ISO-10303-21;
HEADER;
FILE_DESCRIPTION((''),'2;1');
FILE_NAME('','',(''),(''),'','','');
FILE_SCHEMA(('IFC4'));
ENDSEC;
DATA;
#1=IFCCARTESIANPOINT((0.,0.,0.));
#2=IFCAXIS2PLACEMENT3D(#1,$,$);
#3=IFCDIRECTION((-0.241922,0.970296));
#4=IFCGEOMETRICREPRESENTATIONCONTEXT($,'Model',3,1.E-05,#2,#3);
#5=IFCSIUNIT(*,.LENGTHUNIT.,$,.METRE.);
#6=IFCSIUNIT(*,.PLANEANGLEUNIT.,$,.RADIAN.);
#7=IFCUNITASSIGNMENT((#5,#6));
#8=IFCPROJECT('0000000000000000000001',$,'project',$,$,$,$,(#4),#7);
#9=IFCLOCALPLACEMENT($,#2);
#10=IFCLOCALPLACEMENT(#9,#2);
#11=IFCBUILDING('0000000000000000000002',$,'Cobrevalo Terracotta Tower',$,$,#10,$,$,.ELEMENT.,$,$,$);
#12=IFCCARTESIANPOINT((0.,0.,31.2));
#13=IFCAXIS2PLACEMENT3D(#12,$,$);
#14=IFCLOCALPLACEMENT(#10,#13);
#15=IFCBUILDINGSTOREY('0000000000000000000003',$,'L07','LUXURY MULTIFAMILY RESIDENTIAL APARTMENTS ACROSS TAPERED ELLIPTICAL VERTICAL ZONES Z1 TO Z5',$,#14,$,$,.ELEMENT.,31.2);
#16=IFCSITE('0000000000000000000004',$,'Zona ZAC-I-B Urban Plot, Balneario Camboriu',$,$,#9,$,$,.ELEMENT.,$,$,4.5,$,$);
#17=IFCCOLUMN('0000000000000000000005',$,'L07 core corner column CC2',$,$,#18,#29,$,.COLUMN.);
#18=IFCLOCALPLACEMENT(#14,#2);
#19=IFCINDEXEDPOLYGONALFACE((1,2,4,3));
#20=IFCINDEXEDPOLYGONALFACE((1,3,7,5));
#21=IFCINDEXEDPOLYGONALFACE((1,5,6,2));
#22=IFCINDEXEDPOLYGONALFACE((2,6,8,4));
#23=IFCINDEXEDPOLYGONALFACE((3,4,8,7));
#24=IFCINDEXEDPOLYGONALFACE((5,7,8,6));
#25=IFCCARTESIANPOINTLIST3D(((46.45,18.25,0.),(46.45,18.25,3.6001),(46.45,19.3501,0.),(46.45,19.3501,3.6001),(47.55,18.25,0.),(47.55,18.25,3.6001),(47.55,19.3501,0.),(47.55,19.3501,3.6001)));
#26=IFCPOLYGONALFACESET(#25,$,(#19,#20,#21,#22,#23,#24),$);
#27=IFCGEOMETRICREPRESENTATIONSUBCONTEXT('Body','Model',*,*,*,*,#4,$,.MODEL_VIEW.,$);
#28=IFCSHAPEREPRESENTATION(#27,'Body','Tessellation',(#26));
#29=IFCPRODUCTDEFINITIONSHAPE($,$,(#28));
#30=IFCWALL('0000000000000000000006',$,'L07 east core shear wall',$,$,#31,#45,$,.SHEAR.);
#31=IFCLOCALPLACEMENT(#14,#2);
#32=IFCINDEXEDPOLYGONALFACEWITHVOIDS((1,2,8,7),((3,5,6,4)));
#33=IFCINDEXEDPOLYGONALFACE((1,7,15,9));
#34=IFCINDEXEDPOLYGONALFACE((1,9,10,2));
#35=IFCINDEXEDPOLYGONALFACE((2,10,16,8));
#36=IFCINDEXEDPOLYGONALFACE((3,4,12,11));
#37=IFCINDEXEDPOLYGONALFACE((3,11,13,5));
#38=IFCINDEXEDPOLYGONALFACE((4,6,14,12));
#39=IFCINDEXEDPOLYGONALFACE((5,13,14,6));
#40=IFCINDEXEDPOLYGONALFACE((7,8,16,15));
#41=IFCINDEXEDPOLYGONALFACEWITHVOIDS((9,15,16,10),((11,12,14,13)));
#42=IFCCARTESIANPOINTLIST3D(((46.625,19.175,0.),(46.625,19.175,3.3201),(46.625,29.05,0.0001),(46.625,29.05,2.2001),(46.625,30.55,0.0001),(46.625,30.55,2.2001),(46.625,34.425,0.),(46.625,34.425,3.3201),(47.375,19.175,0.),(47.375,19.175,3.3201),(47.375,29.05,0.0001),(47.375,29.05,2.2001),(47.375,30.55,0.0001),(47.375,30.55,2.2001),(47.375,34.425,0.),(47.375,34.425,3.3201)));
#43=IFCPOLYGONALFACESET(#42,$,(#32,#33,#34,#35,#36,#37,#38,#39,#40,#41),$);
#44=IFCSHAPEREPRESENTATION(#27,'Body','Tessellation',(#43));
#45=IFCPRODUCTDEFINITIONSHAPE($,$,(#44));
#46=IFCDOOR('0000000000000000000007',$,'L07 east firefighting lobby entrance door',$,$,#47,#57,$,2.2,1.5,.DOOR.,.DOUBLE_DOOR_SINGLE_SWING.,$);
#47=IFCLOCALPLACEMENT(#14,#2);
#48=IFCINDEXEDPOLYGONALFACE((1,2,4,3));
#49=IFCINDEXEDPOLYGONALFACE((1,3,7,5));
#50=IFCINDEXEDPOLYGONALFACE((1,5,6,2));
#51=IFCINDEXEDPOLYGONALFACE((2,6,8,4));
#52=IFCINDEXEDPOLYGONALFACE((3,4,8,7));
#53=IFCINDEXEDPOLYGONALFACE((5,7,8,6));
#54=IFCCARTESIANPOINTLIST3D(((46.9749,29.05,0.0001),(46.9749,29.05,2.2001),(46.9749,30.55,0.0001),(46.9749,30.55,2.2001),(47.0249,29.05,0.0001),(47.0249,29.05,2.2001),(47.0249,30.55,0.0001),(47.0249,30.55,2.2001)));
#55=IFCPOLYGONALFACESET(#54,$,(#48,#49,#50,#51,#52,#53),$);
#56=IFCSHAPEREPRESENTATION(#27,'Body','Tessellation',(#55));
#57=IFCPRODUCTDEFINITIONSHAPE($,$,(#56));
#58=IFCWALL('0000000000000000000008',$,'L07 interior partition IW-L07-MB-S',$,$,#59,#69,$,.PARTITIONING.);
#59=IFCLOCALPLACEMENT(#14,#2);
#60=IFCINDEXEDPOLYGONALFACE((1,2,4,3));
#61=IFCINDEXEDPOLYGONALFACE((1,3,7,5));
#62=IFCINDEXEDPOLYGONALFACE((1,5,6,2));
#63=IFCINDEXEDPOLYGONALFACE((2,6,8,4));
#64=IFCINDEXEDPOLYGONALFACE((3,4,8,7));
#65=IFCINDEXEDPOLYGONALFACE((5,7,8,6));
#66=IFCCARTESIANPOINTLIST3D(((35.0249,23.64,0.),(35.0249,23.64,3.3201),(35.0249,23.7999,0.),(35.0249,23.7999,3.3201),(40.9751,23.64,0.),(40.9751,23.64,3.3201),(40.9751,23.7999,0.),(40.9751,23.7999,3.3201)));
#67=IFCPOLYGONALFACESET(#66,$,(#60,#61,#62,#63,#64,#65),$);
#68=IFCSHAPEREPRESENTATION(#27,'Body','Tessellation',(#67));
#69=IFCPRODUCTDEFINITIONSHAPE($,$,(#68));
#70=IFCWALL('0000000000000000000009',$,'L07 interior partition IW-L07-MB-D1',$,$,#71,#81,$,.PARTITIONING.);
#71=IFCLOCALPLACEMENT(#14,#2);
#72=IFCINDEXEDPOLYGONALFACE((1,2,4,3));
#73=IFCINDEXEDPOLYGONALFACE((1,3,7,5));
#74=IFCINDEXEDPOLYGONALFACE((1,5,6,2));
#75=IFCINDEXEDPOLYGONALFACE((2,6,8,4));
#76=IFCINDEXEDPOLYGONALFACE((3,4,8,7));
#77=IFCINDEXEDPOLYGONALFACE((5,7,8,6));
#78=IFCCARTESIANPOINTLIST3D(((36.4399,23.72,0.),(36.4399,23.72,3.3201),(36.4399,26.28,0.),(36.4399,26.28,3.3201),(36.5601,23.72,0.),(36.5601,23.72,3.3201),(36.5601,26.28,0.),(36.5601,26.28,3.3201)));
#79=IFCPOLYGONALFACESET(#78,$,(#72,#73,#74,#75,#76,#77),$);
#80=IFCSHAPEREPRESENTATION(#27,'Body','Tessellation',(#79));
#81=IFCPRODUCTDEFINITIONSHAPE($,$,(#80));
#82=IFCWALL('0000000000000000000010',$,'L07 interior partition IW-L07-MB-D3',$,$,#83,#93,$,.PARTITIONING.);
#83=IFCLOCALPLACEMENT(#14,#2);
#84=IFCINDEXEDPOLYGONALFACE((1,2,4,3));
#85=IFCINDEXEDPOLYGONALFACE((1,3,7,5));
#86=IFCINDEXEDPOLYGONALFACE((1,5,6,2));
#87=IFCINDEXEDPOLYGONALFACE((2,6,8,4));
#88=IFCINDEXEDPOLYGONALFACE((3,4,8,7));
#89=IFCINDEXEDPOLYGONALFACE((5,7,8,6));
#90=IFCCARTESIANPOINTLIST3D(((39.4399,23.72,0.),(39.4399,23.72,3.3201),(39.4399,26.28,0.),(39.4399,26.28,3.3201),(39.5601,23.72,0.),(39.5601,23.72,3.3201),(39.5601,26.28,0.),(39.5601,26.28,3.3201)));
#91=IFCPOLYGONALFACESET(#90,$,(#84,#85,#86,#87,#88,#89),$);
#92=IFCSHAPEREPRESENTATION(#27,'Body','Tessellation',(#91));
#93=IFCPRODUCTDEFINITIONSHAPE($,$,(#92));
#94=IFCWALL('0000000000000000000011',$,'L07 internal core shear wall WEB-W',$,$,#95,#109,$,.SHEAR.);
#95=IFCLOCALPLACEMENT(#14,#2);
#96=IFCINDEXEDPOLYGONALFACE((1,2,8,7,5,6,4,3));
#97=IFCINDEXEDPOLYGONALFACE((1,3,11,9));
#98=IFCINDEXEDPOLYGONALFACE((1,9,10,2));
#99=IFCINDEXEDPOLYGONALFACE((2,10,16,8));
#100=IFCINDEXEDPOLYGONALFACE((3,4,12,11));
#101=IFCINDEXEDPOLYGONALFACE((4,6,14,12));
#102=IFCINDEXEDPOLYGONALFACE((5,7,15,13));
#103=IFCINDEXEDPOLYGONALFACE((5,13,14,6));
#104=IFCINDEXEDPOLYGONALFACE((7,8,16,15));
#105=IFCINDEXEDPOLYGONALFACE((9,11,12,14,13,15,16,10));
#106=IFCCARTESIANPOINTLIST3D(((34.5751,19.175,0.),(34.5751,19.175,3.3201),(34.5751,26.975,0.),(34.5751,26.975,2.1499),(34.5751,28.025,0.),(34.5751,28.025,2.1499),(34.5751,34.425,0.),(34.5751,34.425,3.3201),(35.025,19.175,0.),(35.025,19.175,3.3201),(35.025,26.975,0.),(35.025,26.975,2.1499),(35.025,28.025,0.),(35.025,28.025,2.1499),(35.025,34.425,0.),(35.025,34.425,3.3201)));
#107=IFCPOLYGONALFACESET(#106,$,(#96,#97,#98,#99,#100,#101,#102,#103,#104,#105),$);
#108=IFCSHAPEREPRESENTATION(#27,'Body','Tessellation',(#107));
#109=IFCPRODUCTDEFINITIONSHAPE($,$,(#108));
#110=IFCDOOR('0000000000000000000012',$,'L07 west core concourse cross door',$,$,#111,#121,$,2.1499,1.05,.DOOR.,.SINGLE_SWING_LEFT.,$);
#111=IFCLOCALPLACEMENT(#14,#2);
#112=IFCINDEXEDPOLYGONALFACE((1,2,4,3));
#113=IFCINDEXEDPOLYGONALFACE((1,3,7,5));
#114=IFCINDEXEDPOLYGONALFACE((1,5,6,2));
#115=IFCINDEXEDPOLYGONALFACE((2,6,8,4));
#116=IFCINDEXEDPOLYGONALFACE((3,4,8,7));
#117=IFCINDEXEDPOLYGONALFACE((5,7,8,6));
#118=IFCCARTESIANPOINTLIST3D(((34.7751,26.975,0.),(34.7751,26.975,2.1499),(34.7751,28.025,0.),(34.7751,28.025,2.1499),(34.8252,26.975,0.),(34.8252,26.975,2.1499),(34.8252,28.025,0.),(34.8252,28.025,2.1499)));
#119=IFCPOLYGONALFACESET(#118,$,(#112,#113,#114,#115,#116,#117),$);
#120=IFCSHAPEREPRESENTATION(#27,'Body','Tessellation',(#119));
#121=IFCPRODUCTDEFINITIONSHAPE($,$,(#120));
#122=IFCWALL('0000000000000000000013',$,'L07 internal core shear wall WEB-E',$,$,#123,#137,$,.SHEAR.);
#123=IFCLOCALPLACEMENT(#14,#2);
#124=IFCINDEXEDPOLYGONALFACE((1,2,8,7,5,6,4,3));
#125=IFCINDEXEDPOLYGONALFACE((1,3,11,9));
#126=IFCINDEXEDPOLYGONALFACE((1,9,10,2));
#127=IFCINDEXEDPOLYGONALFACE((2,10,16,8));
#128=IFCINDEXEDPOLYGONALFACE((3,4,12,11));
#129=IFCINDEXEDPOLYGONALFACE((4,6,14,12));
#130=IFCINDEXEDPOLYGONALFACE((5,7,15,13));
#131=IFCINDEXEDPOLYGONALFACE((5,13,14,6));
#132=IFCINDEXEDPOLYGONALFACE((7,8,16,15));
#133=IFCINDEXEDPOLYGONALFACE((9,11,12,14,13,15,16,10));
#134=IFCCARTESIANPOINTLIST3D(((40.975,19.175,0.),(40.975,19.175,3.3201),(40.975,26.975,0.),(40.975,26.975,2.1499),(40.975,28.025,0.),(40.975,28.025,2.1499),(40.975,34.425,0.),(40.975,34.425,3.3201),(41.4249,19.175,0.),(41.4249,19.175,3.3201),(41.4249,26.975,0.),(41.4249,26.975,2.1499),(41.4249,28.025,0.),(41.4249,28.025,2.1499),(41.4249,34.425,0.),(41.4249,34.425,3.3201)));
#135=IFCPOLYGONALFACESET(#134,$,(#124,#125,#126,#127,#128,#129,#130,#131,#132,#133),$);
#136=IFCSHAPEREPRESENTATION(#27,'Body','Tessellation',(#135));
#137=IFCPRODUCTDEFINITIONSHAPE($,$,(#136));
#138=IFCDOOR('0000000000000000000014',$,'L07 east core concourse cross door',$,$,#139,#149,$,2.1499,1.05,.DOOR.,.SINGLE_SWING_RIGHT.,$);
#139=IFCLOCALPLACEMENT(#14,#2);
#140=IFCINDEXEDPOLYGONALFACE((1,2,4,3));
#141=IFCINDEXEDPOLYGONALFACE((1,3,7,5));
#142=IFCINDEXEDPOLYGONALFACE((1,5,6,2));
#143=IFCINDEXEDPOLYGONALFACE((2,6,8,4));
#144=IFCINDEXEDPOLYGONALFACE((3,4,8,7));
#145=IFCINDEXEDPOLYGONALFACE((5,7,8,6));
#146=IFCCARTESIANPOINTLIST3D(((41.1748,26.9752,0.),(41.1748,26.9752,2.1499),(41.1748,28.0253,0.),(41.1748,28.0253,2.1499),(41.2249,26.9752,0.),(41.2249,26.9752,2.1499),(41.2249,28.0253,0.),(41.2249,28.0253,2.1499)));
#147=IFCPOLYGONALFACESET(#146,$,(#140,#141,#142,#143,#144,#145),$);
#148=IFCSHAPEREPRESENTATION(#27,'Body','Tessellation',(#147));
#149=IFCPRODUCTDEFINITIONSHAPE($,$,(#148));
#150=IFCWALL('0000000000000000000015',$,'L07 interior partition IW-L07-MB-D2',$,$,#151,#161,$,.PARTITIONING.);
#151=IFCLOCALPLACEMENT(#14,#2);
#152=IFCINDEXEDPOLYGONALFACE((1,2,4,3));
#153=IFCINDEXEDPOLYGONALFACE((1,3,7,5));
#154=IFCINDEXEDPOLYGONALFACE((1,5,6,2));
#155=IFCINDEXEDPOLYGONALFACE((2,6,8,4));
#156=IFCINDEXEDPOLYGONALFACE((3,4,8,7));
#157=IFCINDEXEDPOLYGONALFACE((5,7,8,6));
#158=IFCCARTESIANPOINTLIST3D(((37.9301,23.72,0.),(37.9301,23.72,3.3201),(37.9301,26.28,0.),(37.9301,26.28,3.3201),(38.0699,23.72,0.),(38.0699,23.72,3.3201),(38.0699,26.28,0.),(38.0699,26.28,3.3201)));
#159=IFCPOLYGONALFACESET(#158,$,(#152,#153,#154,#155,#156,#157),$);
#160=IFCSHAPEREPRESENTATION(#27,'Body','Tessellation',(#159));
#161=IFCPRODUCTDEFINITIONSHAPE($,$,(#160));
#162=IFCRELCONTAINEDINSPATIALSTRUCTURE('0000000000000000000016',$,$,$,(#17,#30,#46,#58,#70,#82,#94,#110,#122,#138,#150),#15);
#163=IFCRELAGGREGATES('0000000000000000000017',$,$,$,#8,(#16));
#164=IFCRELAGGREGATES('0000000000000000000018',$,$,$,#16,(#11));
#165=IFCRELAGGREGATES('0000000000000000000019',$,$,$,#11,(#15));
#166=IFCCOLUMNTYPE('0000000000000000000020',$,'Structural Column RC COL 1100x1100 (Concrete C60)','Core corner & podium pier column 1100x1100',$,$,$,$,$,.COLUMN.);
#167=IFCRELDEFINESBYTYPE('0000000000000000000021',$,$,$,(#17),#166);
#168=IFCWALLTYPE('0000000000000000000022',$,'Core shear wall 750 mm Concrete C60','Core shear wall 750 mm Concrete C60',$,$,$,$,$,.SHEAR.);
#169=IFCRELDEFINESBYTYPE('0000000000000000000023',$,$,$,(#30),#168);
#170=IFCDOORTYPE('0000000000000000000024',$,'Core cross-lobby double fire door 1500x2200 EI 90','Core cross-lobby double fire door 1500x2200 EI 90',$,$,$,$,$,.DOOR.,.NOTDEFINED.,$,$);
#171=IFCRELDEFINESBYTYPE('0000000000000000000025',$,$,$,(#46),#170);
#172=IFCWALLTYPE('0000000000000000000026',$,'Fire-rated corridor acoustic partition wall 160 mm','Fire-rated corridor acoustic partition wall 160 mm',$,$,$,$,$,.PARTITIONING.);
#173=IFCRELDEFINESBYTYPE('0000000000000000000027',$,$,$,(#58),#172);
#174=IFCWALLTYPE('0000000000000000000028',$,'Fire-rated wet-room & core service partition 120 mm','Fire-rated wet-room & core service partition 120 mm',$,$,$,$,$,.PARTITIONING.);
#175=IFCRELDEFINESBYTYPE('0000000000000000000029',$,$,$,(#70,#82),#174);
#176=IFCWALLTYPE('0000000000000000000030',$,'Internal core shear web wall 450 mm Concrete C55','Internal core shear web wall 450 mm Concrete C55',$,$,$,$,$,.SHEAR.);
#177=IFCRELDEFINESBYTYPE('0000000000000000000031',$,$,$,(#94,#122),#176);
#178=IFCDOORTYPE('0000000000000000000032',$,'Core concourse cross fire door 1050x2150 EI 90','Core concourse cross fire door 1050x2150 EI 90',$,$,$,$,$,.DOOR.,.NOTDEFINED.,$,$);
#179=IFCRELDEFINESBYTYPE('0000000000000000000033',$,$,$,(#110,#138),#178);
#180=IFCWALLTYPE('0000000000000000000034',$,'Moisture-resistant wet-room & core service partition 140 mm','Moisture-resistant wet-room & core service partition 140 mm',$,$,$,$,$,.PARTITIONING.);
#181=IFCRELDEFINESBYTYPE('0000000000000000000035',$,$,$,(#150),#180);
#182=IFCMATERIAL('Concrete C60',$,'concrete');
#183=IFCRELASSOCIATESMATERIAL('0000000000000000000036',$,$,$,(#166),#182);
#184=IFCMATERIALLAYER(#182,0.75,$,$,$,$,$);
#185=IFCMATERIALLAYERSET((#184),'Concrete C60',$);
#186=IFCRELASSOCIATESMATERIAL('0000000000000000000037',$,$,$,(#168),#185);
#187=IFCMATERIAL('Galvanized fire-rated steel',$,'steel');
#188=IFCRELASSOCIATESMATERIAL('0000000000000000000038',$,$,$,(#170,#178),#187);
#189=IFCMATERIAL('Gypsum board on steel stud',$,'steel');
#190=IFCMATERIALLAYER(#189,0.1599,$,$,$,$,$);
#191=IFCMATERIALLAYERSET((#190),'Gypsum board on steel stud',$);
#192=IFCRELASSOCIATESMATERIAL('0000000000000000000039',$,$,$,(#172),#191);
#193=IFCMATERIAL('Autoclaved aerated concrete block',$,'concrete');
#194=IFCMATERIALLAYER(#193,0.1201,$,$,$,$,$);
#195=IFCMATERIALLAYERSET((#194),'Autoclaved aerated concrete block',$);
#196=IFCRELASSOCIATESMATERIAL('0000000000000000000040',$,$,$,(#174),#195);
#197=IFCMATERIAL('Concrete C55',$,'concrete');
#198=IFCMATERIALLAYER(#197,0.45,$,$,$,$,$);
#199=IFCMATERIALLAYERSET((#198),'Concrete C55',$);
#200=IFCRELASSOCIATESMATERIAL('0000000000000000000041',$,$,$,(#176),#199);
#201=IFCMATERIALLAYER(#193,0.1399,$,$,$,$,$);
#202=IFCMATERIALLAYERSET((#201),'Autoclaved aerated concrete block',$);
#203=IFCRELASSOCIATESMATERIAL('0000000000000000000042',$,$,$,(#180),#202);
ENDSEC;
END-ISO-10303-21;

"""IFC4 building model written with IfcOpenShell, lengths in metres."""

from ifc_helpers import new_model, si_unit, direction, frame, frame_2d, origin, origin_2d, place, context, subcontext, project, spatial, rectangle, extrude, source, transform, mapped, material, layer, layer_set, material_profile, profile_set, type_object, element, fill, save


model = new_model("IFC4")

# Units and contexts
model_context = context("Model", 3, precision=1e-05, world=origin(), true_north=direction((-0.241922, 0.970296)))
body_context = subcontext(model_context, "Body", "Model", "MODEL_VIEW")
ifc_project = project(units=[si_unit("LENGTHUNIT", "METRE"), si_unit("PLANEANGLEUNIT", "RADIAN")], contexts=[model_context])

# Site, building, storey
site_placement = place(None, origin())
site = spatial("IfcSite", under=ifc_project, at=site_placement, Name="Zona ZAC-I-B Urban Plot, Balneario Camboriu", CompositionType="ELEMENT", RefElevation=4.5)
building_placement = place(site_placement, origin())
building = spatial("IfcBuilding", under=site, at=building_placement, Name="Cobrevalo Terracotta Tower", CompositionType="ELEMENT")
storey_placement = place(building_placement, frame((0.0, 0.0, 31.2)))
storey = spatial("IfcBuildingStorey", under=building, at=storey_placement, Name="L07", Description="LUXURY MULTIFAMILY RESIDENTIAL APARTMENTS ACROSS TAPERED ELLIPTICAL VERTICAL ZONES Z1 TO Z5", CompositionType="ELEMENT", Elevation=31.2)

# Column
ifc_material_1 = material(Name="Concrete C60", Category="concrete")
ifc_material_profile = material_profile(ifc_material_1, rectangle(XDim=1.1001, YDim=1.1001, at=origin_2d()), Name="RC COL 1100x1100")
ifc_profile_set = profile_set([ifc_material_profile], Name="Concrete C60")
column_type = type_object("IfcColumnType", Name="Structural Column RC COL 1100x1100 (Concrete C60)", Description="Core corner & podium pier column 1100x1100", PredefinedType="COLUMN", material=ifc_profile_set)
column_placement = place(storey_placement, frame((47.0, 18.8, 0.0), z_axis=(0.0, 0.0, 1.0), x_axis=(1.0, 0.0, 0.0)))
element("IfcColumn", 1, at=column_placement, inside=storey, type_object=column_type, Name="L07 core corner column CC2", PredefinedType="COLUMN", context=body_context, shape_type="SweptSolid", body=[
    extrude(rectangle(XDim=1.1001, YDim=1.1001, at=origin_2d()), origin(), (0.0, 0.0, 1.0), 3.6001),
])

# Wall, opening, door
ifc_layer_1 = layer(ifc_material_1, 0.75)
ifc_layer_set_1 = layer_set([ifc_layer_1], Name="Concrete C60")
wall_type_1 = type_object("IfcWallType", Name="Core shear wall 750 mm Concrete C60", Description="Core shear wall 750 mm Concrete C60", PredefinedType="SHEAR", material=ifc_layer_set_1)
wall_1_placement = place(storey_placement, frame((47.0, 19.175, 0.0), z_axis=(0.0, 0.0, 1.0), x_axis=(0.0, 1.0, 0.0)))
wall_1 = element("IfcWall", 2, at=wall_1_placement, inside=storey, type_object=wall_type_1, Name="L07 east core shear wall", PredefinedType="SHEAR", context=body_context, shape_type="SweptSolid", body=[
    extrude(rectangle(XDim=15.25, YDim=0.75, at=frame_2d((7.625, 0.0))), origin(), (0.0, 0.0, 1.0), 3.3201),
])
opening_1_placement = place(wall_1_placement, frame((9.875, 0.0, 0.0)))
opening_1 = element("IfcOpeningElement", 3, at=opening_1_placement, cuts=wall_1, PredefinedType="OPENING", context=body_context, shape_type="SweptSolid", body=[
    extrude(rectangle(XDim=1.5, YDim=2.2, at=frame_2d((0.75, 1.1001))), frame((0.0, 0.385, 0.0), z_axis=(0.0, -1.0, 0.0), x_axis=(1.0, 0.0, 0.0)), (0.0, 0.0, 1.0), 0.77),
])
ifc_material_2 = material(Name="Galvanized fire-rated steel", Category="steel")
door_type_1 = type_object("IfcDoorType", Name="Core cross-lobby double fire door 1500x2200 EI 90", Description="Core cross-lobby double fire door 1500x2200 EI 90", OperationType="NOTDEFINED", PredefinedType="DOOR", material=ifc_material_2)
shared_shape_1 = source(origin(), body_context, "Body", "SweptSolid", [
    extrude(rectangle(XDim=1.5, YDim=2.2, at=frame_2d((0.75, 1.1001))), frame((0.0, 0.0249, 0.0), z_axis=(0.0, -1.0, 0.0), x_axis=(1.0, 0.0, 0.0)), (0.0, 0.0, 1.0), 0.05),
])
door_1_placement = place(opening_1_placement, frame((1.5, 0.0, 0.0), z_axis=(0.0, 0.0, 1.0), x_axis=(-1.0, 0.0, 0.0)))
door_1 = element("IfcDoor", 4, at=door_1_placement, inside=storey, type_object=door_type_1, Name="L07 east firefighting lobby entrance door", OperationType="DOUBLE_DOOR_SINGLE_SWING", OverallHeight=2.2, OverallWidth=1.5, PredefinedType="DOOR", context=body_context, shape_type="MappedRepresentation", body=[
    mapped(shared_shape_1, transform((0.0, 0.0, 0.0), scale=1.0)),
])
fill(opening_1, door_1)

# Walls
ifc_material_3 = material(Name="Gypsum board on steel stud", Category="steel")
ifc_layer_2 = layer(ifc_material_3, 0.1599)
ifc_layer_set_2 = layer_set([ifc_layer_2], Name="Gypsum board on steel stud")
wall_type_2 = type_object("IfcWallType", Name="Fire-rated corridor acoustic partition wall 160 mm", Description="Fire-rated corridor acoustic partition wall 160 mm", PredefinedType="PARTITIONING", material=ifc_layer_set_2)
wall_2_placement = place(storey_placement, frame((35.0249, 23.72, 0.0), z_axis=(0.0, 0.0, 1.0), x_axis=(1.0, 0.0, 0.0)))
element("IfcWall", 5, at=wall_2_placement, inside=storey, type_object=wall_type_2, Name="L07 interior partition IW-L07-MB-S", PredefinedType="PARTITIONING", context=body_context, shape_type="SweptSolid", body=[
    extrude(rectangle(XDim=5.9502, YDim=0.1599, at=frame_2d((2.9751, 0.0))), origin(), (0.0, 0.0, 1.0), 3.3201),
])
ifc_material_4 = material(Name="Autoclaved aerated concrete block", Category="concrete")
ifc_layer_3 = layer(ifc_material_4, 0.1201)
ifc_layer_set_3 = layer_set([ifc_layer_3], Name="Autoclaved aerated concrete block")
wall_type_3 = type_object("IfcWallType", Name="Fire-rated wet-room & core service partition 120 mm", Description="Fire-rated wet-room & core service partition 120 mm", PredefinedType="PARTITIONING", material=ifc_layer_set_3)
for number, where, z_axis, x_axis, name in (
    (6, (36.5, 23.72, 0.0), (0.0, 0.0, 1.0), (0.0, 1.0, 0.0), "L07 interior partition IW-L07-MB-D1"),
    (7, (39.5, 23.72, 0.0), (0.0, 0.0, 1.0), (0.0, 1.0, 0.0), "L07 interior partition IW-L07-MB-D3"),
):
    element("IfcWall", number, at=place(storey_placement, frame(where, z_axis=z_axis, x_axis=x_axis)), inside=storey, type_object=wall_type_3, Name=name, PredefinedType="PARTITIONING", context=body_context, shape_type="SweptSolid", body=[
        extrude(rectangle(XDim=2.5601, YDim=0.1201, at=frame_2d((1.28, 0.0))), origin(), (0.0, 0.0, 1.0), 3.3201),
    ])

# Walls, openings, doors
ifc_material_5 = material(Name="Concrete C55", Category="concrete")
ifc_layer_4 = layer(ifc_material_5, 0.45)
ifc_layer_set_4 = layer_set([ifc_layer_4], Name="Concrete C55")
wall_type_4 = type_object("IfcWallType", Name="Internal core shear web wall 450 mm Concrete C55", Description="Internal core shear web wall 450 mm Concrete C55", PredefinedType="SHEAR", material=ifc_layer_set_4)
wall_3_placement = place(storey_placement, frame((34.8, 19.175, 0.0), z_axis=(0.0, 0.0, 1.0), x_axis=(0.0, 1.0, 0.0)))
wall_3 = element("IfcWall", 8, at=wall_3_placement, inside=storey, type_object=wall_type_4, Name="L07 internal core shear wall WEB-W", PredefinedType="SHEAR", context=body_context, shape_type="SweptSolid", body=[
    extrude(rectangle(XDim=15.25, YDim=0.45, at=frame_2d((7.625, 0.0))), origin(), (0.0, 0.0, 1.0), 3.3201),
])
opening_2_placement = place(wall_3_placement, frame((7.8, 0.0, 0.0)))
opening_2 = element("IfcOpeningElement", 9, at=opening_2_placement, cuts=wall_3, PredefinedType="OPENING", context=body_context, shape_type="SweptSolid", body=[
    extrude(rectangle(XDim=1.05, YDim=2.1499, at=frame_2d((0.5249, 1.075))), frame((0.0, 0.2349, 0.0), z_axis=(0.0, -1.0, 0.0), x_axis=(1.0, 0.0, 0.0)), (0.0, 0.0, 1.0), 0.47),
])
door_type_2 = type_object("IfcDoorType", Name="Core concourse cross fire door 1050x2150 EI 90", Description="Core concourse cross fire door 1050x2150 EI 90", OperationType="NOTDEFINED", PredefinedType="DOOR", material=ifc_material_2)
shared_shape_2 = source(origin(), body_context, "Body", "SweptSolid", [
    extrude(rectangle(XDim=1.05, YDim=2.1499, at=frame_2d((0.5249, 1.075))), frame((0.0, 0.0249, 0.0), z_axis=(0.0, -1.0, 0.0), x_axis=(1.0, 0.0, 0.0)), (0.0, 0.0, 1.0), 0.05),
])
door_2_placement = place(opening_2_placement, origin())
door_2 = element("IfcDoor", 10, at=door_2_placement, inside=storey, type_object=door_type_2, Name="L07 west core concourse cross door", OperationType="SINGLE_SWING_LEFT", OverallHeight=2.1499, OverallWidth=1.05, PredefinedType="DOOR", context=body_context, shape_type="MappedRepresentation", body=[
    mapped(shared_shape_2, transform((0.0, 0.0, 0.0), scale=1.0)),
])
fill(opening_2, door_2)
wall_4_placement = place(storey_placement, frame((41.2, 19.175, 0.0), z_axis=(0.0, 0.0, 1.0), x_axis=(0.0, 1.0, 0.0)))
wall_4 = element("IfcWall", 11, at=wall_4_placement, inside=storey, type_object=wall_type_4, Name="L07 internal core shear wall WEB-E", PredefinedType="SHEAR", context=body_context, shape_type="SweptSolid", body=[
    extrude(rectangle(XDim=15.25, YDim=0.45, at=frame_2d((7.625, 0.0))), origin(), (0.0, 0.0, 1.0), 3.3201),
])
opening_3_placement = place(wall_4_placement, frame((7.8, 0.0, 0.0)))
opening_3 = element("IfcOpeningElement", 12, at=opening_3_placement, cuts=wall_4, PredefinedType="OPENING", context=body_context, shape_type="SweptSolid", body=[
    extrude(rectangle(XDim=1.05, YDim=2.1499, at=frame_2d((0.5249, 1.075))), frame((0.0, 0.2349, 0.0), z_axis=(0.0, -1.0, 0.0), x_axis=(1.0, 0.0, 0.0)), (0.0, 0.0, 1.0), 0.47),
])
door_3_placement = place(opening_3_placement, frame((1.05, 0.0, 0.0), z_axis=(0.0, 0.0, 1.0), x_axis=(-1.0, 0.0, 0.0)))
door_3 = element("IfcDoor", 13, at=door_3_placement, inside=storey, type_object=door_type_2, Name="L07 east core concourse cross door", OperationType="SINGLE_SWING_RIGHT", OverallHeight=2.1499, OverallWidth=1.05, PredefinedType="DOOR", context=body_context, shape_type="MappedRepresentation", body=[
    mapped(shared_shape_2, transform((0.0, 0.0, 0.0), scale=1.0)),
])
fill(opening_3, door_3)

# Wall
ifc_layer_5 = layer(ifc_material_4, 0.1399)
ifc_layer_set_5 = layer_set([ifc_layer_5], Name="Autoclaved aerated concrete block")
wall_type_5 = type_object("IfcWallType", Name="Moisture-resistant wet-room & core service partition 140 mm", Description="Moisture-resistant wet-room & core service partition 140 mm", PredefinedType="PARTITIONING", material=ifc_layer_set_5)
wall_5_placement = place(storey_placement, frame((38.0, 23.72, 0.0), z_axis=(0.0, 0.0, 1.0), x_axis=(0.0, 1.0, 0.0)))
element("IfcWall", 14, at=wall_5_placement, inside=storey, type_object=wall_type_5, Name="L07 interior partition IW-L07-MB-D2", PredefinedType="PARTITIONING", context=body_context, shape_type="SweptSolid", body=[
    extrude(rectangle(XDim=2.5601, YDim=0.1399, at=frame_2d((1.28, 0.0))), origin(), (0.0, 0.0, 1.0), 3.3201),
])

save(model, "model.ifc")
